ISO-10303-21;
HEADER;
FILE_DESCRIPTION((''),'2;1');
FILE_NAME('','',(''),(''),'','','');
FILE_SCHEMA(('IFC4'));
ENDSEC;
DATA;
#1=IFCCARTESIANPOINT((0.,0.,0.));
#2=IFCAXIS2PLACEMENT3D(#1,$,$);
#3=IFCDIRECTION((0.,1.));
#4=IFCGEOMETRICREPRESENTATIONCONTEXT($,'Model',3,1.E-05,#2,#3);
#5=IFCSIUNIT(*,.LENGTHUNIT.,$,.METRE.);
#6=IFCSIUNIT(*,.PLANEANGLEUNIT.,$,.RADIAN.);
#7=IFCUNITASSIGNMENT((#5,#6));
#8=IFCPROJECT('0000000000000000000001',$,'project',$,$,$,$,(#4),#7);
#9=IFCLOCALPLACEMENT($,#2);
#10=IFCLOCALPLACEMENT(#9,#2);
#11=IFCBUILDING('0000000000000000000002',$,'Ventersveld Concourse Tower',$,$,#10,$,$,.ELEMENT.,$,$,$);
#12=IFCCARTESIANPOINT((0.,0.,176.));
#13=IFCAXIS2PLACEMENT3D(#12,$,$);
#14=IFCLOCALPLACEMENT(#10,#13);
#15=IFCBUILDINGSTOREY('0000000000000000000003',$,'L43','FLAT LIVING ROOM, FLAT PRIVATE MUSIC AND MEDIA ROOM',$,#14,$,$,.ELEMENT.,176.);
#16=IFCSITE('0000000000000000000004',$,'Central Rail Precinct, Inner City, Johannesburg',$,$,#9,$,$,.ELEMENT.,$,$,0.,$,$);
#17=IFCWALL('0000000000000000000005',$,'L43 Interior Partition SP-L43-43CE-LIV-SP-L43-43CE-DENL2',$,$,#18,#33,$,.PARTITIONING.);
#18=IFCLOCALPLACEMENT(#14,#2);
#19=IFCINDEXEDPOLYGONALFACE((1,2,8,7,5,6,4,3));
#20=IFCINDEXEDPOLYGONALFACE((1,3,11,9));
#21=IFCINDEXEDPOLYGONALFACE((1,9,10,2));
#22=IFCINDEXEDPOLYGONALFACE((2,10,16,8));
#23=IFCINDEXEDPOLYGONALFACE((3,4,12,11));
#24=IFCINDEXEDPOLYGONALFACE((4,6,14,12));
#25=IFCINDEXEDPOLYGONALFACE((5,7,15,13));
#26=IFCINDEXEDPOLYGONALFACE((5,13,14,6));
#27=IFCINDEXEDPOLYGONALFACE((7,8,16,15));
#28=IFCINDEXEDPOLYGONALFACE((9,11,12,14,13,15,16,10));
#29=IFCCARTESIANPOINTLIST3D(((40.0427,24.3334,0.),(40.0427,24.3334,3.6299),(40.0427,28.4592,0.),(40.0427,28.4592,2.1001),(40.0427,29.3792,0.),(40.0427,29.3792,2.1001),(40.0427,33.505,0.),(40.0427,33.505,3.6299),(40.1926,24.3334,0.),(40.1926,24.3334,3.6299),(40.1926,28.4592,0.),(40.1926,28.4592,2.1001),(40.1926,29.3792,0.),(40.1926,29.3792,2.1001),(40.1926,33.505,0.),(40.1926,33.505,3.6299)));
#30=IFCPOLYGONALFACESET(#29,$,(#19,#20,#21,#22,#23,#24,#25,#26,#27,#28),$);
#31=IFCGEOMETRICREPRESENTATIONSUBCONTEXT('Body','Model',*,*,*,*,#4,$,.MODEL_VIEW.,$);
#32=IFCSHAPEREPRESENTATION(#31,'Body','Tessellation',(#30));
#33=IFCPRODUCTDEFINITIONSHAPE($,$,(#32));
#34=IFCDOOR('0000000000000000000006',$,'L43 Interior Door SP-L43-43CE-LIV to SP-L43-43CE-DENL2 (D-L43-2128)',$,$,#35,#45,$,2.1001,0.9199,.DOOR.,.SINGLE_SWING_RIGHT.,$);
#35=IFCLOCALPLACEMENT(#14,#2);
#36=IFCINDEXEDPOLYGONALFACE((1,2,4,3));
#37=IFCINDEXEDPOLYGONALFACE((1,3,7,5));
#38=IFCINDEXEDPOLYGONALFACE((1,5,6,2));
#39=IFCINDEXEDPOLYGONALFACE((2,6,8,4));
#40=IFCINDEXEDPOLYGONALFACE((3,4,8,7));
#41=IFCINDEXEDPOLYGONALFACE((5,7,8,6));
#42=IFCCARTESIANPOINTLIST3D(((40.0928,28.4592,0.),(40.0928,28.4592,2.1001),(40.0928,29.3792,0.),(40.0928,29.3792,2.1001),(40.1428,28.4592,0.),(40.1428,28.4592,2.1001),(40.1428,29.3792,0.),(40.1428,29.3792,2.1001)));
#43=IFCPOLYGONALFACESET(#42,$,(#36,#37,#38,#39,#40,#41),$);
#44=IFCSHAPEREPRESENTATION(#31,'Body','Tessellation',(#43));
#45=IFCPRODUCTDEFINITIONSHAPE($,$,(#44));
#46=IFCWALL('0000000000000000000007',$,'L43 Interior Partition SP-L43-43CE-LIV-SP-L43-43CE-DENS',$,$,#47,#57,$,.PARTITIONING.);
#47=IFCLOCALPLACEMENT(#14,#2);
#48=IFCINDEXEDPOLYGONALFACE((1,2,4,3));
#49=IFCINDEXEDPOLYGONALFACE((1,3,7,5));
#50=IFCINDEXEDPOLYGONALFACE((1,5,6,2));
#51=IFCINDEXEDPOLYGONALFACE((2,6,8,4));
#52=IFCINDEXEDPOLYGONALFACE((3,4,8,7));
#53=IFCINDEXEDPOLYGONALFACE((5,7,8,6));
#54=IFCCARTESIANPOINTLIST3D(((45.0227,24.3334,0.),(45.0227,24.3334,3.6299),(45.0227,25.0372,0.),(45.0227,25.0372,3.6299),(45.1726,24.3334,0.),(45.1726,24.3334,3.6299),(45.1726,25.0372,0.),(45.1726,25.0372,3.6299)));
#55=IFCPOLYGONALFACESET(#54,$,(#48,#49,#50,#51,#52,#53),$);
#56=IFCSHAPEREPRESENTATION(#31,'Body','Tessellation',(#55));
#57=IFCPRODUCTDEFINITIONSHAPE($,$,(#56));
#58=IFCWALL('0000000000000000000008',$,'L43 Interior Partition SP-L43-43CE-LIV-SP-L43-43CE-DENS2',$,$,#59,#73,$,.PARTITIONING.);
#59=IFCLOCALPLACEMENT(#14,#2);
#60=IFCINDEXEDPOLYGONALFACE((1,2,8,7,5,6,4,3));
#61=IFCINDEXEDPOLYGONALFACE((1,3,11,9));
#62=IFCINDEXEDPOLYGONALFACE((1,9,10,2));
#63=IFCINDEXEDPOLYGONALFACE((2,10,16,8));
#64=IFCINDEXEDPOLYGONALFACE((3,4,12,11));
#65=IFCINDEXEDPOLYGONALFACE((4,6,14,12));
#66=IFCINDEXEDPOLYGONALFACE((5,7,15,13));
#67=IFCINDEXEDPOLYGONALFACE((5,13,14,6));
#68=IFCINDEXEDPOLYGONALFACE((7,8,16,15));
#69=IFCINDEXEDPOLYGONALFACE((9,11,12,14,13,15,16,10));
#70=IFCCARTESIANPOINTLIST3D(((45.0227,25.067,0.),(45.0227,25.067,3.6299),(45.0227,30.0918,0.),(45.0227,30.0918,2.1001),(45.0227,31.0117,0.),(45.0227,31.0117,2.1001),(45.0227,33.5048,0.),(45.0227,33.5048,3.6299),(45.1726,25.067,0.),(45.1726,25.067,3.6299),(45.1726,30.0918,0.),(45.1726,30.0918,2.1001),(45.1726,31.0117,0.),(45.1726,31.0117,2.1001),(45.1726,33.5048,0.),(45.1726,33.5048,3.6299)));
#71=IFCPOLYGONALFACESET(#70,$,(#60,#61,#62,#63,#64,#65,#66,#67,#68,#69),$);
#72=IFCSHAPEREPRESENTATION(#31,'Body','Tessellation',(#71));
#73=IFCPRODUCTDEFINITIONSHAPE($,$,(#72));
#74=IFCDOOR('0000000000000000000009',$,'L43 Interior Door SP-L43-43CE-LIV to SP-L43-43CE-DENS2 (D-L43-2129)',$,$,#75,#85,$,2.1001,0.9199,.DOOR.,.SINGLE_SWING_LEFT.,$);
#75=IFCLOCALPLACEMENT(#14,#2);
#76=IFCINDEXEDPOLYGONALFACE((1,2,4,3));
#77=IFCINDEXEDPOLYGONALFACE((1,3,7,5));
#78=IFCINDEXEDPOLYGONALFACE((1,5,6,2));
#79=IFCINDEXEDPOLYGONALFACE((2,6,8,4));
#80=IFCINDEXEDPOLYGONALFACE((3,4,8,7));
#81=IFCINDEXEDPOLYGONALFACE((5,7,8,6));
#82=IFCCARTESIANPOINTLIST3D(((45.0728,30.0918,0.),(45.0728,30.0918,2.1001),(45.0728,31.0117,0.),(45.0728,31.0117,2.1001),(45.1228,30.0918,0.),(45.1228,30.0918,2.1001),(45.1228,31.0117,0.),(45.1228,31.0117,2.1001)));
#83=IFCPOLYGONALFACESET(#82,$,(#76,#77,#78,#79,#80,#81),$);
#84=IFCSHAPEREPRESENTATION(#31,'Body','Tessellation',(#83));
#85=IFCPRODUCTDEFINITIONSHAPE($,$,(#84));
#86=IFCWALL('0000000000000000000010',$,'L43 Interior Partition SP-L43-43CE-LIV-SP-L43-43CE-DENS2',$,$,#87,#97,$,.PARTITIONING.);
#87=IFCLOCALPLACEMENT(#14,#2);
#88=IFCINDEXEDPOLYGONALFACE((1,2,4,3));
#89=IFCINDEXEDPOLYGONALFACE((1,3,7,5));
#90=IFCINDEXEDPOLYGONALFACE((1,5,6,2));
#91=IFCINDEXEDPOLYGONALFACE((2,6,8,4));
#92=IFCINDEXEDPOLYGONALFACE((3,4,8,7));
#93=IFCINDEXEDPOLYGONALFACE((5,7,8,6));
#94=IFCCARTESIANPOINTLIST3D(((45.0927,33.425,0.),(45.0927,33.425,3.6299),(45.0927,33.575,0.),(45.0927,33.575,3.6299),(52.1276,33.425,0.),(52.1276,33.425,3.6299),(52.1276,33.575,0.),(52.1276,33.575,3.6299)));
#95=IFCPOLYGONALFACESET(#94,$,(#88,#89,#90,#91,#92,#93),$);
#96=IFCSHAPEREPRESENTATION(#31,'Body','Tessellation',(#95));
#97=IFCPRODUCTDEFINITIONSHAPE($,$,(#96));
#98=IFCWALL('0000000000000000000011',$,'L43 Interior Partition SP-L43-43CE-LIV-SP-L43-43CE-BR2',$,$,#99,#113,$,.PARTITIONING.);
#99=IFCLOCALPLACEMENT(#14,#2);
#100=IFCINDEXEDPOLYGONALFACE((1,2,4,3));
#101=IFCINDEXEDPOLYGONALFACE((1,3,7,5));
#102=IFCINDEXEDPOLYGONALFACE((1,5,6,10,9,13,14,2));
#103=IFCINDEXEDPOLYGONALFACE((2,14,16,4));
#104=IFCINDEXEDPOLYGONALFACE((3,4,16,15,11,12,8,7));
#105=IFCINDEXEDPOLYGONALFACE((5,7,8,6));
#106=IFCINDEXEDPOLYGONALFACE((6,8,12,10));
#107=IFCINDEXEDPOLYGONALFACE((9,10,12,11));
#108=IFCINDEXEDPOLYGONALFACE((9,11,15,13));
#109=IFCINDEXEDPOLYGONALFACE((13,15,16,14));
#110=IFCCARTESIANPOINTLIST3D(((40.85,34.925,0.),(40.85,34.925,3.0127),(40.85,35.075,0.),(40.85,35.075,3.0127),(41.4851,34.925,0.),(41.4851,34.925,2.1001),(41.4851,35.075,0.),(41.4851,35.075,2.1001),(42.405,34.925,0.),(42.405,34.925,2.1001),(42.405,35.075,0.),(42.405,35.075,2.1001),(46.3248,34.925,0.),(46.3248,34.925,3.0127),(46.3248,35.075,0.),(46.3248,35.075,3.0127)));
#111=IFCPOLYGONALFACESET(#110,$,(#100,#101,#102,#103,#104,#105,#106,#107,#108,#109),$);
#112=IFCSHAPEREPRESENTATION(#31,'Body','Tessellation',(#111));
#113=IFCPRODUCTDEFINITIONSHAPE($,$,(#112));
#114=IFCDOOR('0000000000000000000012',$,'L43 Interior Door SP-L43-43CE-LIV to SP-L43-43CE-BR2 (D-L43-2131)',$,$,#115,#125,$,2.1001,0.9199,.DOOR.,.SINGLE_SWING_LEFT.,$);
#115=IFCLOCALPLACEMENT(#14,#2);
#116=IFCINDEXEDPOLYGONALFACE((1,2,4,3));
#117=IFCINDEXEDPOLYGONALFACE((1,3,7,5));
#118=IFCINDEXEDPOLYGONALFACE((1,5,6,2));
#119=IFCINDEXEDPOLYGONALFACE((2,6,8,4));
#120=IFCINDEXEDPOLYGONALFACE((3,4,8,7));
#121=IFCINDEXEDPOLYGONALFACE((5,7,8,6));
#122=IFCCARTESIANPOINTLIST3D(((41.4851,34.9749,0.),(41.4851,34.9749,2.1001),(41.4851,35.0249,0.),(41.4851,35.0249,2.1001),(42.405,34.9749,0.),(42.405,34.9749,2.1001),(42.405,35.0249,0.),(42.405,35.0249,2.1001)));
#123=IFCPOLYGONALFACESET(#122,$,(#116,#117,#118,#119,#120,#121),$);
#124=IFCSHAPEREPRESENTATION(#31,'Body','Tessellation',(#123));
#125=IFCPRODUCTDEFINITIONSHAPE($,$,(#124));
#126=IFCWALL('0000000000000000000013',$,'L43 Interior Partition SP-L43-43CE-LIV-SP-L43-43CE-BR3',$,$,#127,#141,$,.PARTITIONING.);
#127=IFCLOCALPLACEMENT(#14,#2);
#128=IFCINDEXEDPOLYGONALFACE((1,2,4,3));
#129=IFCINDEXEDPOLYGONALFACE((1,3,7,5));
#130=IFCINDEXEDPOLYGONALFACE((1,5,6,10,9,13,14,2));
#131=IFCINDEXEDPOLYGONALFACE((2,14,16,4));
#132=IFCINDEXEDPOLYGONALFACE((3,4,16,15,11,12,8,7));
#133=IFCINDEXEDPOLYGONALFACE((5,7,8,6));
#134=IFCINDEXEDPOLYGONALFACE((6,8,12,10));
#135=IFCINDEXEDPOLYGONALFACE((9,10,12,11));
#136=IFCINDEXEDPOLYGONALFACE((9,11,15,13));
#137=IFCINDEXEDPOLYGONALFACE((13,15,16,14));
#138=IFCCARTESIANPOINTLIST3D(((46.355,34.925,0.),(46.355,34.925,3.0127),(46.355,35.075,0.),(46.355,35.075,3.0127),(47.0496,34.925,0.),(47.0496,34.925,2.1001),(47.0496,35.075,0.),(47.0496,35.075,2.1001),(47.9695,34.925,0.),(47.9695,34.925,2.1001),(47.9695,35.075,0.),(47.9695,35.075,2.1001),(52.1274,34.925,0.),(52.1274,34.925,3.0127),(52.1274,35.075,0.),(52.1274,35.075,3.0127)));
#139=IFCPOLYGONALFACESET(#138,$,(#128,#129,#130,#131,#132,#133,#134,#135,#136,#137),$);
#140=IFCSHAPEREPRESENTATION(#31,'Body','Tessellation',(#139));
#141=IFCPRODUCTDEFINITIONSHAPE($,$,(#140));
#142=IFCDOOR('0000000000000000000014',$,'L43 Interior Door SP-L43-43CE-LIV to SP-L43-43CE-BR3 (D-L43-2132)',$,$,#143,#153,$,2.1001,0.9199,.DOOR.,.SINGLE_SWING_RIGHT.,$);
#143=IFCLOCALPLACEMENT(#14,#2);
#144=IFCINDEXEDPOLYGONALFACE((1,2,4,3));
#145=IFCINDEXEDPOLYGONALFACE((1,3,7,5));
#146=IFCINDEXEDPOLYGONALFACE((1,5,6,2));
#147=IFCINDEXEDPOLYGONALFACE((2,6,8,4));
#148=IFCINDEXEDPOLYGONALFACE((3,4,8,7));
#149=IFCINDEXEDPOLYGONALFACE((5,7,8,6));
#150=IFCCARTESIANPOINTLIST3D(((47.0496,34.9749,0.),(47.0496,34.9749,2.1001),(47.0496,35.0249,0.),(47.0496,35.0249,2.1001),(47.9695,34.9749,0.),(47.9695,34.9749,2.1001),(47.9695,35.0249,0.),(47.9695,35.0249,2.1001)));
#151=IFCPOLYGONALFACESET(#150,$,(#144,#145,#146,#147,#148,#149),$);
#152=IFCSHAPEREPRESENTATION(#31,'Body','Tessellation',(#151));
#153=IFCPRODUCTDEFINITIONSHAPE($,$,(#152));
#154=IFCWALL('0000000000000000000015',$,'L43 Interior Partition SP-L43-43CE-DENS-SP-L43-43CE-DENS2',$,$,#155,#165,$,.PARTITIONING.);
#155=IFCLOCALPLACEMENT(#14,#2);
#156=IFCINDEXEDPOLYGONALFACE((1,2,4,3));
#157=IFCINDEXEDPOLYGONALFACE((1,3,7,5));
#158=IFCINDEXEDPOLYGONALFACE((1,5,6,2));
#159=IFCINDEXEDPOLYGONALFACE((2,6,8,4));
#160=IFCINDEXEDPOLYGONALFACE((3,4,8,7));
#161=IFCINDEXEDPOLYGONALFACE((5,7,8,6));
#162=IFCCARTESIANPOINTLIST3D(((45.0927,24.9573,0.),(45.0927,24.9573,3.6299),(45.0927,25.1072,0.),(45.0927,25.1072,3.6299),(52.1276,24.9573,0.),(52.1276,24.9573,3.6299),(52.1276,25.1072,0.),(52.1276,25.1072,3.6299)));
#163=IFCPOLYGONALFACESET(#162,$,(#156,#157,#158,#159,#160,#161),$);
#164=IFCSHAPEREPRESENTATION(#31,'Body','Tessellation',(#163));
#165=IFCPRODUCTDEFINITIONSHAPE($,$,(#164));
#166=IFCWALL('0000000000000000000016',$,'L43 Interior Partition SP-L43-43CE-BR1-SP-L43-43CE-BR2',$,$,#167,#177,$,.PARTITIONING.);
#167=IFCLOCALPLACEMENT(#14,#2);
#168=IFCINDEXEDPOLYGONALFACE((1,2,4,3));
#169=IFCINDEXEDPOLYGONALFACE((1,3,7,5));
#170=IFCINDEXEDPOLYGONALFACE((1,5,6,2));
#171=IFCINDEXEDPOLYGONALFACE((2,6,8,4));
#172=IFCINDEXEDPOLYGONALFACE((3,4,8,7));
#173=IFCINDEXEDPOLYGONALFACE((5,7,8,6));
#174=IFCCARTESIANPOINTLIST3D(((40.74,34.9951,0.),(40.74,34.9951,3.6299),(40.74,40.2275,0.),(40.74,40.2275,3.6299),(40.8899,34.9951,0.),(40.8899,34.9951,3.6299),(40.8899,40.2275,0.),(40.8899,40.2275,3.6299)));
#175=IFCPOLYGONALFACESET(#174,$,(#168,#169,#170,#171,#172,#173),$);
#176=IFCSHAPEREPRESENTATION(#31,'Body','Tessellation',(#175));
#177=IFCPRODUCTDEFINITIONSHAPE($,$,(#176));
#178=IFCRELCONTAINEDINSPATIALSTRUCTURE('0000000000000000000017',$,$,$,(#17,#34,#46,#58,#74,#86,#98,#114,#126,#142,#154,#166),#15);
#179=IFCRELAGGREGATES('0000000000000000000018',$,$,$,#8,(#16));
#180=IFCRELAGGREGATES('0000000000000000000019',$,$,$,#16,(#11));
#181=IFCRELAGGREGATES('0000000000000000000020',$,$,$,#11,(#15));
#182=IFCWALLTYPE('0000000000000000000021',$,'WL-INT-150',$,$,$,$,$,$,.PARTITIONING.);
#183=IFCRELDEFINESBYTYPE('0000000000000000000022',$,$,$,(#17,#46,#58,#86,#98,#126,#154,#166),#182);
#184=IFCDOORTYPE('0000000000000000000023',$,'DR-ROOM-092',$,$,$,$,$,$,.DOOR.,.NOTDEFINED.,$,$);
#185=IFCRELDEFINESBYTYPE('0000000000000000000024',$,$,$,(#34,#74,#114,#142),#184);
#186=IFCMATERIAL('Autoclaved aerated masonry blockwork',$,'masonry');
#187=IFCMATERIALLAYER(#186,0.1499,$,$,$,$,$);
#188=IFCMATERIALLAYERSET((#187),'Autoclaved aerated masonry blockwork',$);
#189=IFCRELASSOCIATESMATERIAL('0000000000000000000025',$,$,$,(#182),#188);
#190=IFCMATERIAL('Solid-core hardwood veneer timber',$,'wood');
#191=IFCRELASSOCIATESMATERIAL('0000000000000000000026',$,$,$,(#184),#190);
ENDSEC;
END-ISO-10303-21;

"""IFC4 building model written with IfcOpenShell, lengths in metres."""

from ifc_helpers import new_model, si_unit, direction, frame, frame_2d, origin, place, context, subcontext, project, spatial, rectangle, extrude, material, layer, layer_set, type_object, element, fill, save


model = new_model("IFC4")

# Units and contexts
model_context = context("Model", 3, precision=1e-05, world=origin(), true_north=direction((0.0, 1.0)))
body_context = subcontext(model_context, "Body", "Model", "MODEL_VIEW")
ifc_project = project(units=[si_unit("LENGTHUNIT", "METRE"), si_unit("PLANEANGLEUNIT", "RADIAN")], contexts=[model_context])

# Site, building, storey
site_placement = place(None, origin())
site = spatial("IfcSite", under=ifc_project, at=site_placement, Name="Central Rail Precinct, Inner City, Johannesburg", CompositionType="ELEMENT", RefElevation=0.0)
building_placement = place(site_placement, origin())
building = spatial("IfcBuilding", under=site, at=building_placement, Name="Ventersveld Concourse Tower", CompositionType="ELEMENT")
storey_placement = place(building_placement, frame((0.0, 0.0, 176.0)))
storey = spatial("IfcBuildingStorey", under=building, at=storey_placement, Name="L43", Description="FLAT LIVING ROOM, FLAT PRIVATE MUSIC AND MEDIA ROOM", CompositionType="ELEMENT", Elevation=176.0)

# Wall, opening, door
ifc_material_1 = material(Name="Autoclaved aerated masonry blockwork", Category="masonry")
ifc_layer_1 = layer(ifc_material_1, 0.1499)
ifc_layer_set_1 = layer_set([ifc_layer_1], Name="Autoclaved aerated masonry blockwork")
wall_type_1 = type_object("IfcWallType", Name="WL-INT-150", PredefinedType="PARTITIONING", material=ifc_layer_set_1)
ifc_material_2 = material(Name="Solid-core hardwood veneer timber", Category="wood")
door_type = type_object("IfcDoorType", Name="DR-ROOM-092", OperationType="NOTDEFINED", PredefinedType="DOOR", material=ifc_material_2)
wall_1_placement = place(storey_placement, frame((40.1177, 24.3333, 0.0), z_axis=(0.0, 0.0, 1.0), x_axis=(0.0, 1.0, 0.0)))
wall_1 = element("IfcWall", 1, at=wall_1_placement, inside=storey, type_object=wall_type_1, Name="L43 Interior Partition SP-L43-43CE-LIV-SP-L43-43CE-DENL2", PredefinedType="PARTITIONING", context=body_context, shape_type="SweptSolid", body=[
    extrude(rectangle(XDim=9.1716, YDim=0.1499, at=frame_2d((4.5859, 0.0))), origin(), (0.0, 0.0, 1.0), 3.6299),
])
opening_1_placement = place(wall_1_placement, frame((4.126, 0.0, 0.0)))
opening_1 = element("IfcOpeningElement", 2, at=opening_1_placement, cuts=wall_1, PredefinedType="OPENING", context=body_context, shape_type="SweptSolid", body=[
    extrude(rectangle(XDim=0.9199, YDim=2.1001, at=frame_2d((0.46, 1.05))), frame((0.0, 0.085, 0.0), z_axis=(0.0, -1.0, 0.0), x_axis=(1.0, 0.0, 0.0)), (0.0, 0.0, 1.0), 0.1699),
])
door_1_placement = place(opening_1_placement, origin())
door_1 = element("IfcDoor", 3, at=door_1_placement, inside=storey, type_object=door_type, Name="L43 Interior Door SP-L43-43CE-LIV to SP-L43-43CE-DENL2 (D-L43-2128)", OperationType="SINGLE_SWING_RIGHT", OverallHeight=2.1001, OverallWidth=0.9199, PredefinedType="DOOR", context=body_context, shape_type="SweptSolid", body=[
    extrude(rectangle(XDim=0.9199, YDim=2.1001, at=frame_2d((0.46, 1.05))), frame((0.0, 0.0249, 0.0), z_axis=(0.0, -1.0, 0.0), x_axis=(1.0, 0.0, 0.0)), (0.0, 0.0, 1.0), 0.05),
])
fill(opening_1, door_1)

# Wall
wall_2_placement = place(storey_placement, frame((45.0977, 24.3333, 0.0), z_axis=(0.0, 0.0, 1.0), x_axis=(0.0, 1.0, 0.0)))
element("IfcWall", 4, at=wall_2_placement, inside=storey, type_object=wall_type_1, Name="L43 Interior Partition SP-L43-43CE-LIV-SP-L43-43CE-DENS", PredefinedType="PARTITIONING", context=body_context, shape_type="SweptSolid", body=[
    extrude(rectangle(XDim=0.7039, YDim=0.1499, at=frame_2d((0.3521, 0.0))), origin(), (0.0, 0.0, 1.0), 3.6299),
])

# Wall, opening, door
wall_3_placement = place(storey_placement, frame((45.0977, 25.0671, 0.0), z_axis=(0.0, 0.0, 1.0), x_axis=(0.0, 1.0, 0.0)))
wall_3 = element("IfcWall", 5, at=wall_3_placement, inside=storey, type_object=wall_type_1, Name="L43 Interior Partition SP-L43-43CE-LIV-SP-L43-43CE-DENS2", PredefinedType="PARTITIONING", context=body_context, shape_type="SweptSolid", body=[
    extrude(rectangle(XDim=8.4377, YDim=0.1499, at=frame_2d((4.2188, 0.0))), origin(), (0.0, 0.0, 1.0), 3.6299),
])
opening_2_placement = place(wall_3_placement, frame((5.0247, 0.0, 0.0)))
opening_2 = element("IfcOpeningElement", 6, at=opening_2_placement, cuts=wall_3, PredefinedType="OPENING", context=body_context, shape_type="SweptSolid", body=[
    extrude(rectangle(XDim=0.9199, YDim=2.1001, at=frame_2d((0.46, 1.05))), frame((0.0, 0.085, 0.0), z_axis=(0.0, -1.0, 0.0), x_axis=(1.0, 0.0, 0.0)), (0.0, 0.0, 1.0), 0.1699),
])
door_2_placement = place(opening_2_placement, origin())
door_2 = element("IfcDoor", 7, at=door_2_placement, inside=storey, type_object=door_type, Name="L43 Interior Door SP-L43-43CE-LIV to SP-L43-43CE-DENS2 (D-L43-2129)", OperationType="SINGLE_SWING_LEFT", OverallHeight=2.1001, OverallWidth=0.9199, PredefinedType="DOOR", context=body_context, shape_type="SweptSolid", body=[
    extrude(rectangle(XDim=0.9199, YDim=2.1001, at=frame_2d((0.46, 1.05))), frame((0.0, 0.0249, 0.0), z_axis=(0.0, -1.0, 0.0), x_axis=(1.0, 0.0, 0.0)), (0.0, 0.0, 1.0), 0.05),
])
fill(opening_2, door_2)

# Wall
wall_4_placement = place(storey_placement, frame((45.0925, 33.5, 0.0), z_axis=(0.0, 0.0, 1.0), x_axis=(1.0, 0.0, 0.0)))
element("IfcWall", 8, at=wall_4_placement, inside=storey, type_object=wall_type_1, Name="L43 Interior Partition SP-L43-43CE-LIV-SP-L43-43CE-DENS2", PredefinedType="PARTITIONING", context=body_context, shape_type="SweptSolid", body=[
    extrude(rectangle(XDim=7.0349, YDim=0.1499, at=frame_2d((3.5176, 0.0))), origin(), (0.0, 0.0, 1.0), 3.6299),
])

# Walls, openings, doors
wall_5_placement = place(storey_placement, frame((40.8501, 35.0, 0.0), z_axis=(0.0, 0.0, 1.0), x_axis=(1.0, 0.0, 0.0)))
wall_5 = element("IfcWall", 9, at=wall_5_placement, inside=storey, type_object=wall_type_1, Name="L43 Interior Partition SP-L43-43CE-LIV-SP-L43-43CE-BR2", PredefinedType="PARTITIONING", context=body_context, shape_type="SweptSolid", body=[
    extrude(rectangle(XDim=5.4749, YDim=0.1499, at=frame_2d((2.7373, 0.0))), origin(), (0.0, 0.0, 1.0), 3.0127),
])
opening_3_placement = place(wall_5_placement, frame((0.635, 0.0, 0.0)))
opening_3 = element("IfcOpeningElement", 10, at=opening_3_placement, cuts=wall_5, PredefinedType="OPENING", context=body_context, shape_type="SweptSolid", body=[
    extrude(rectangle(XDim=0.9199, YDim=2.1001, at=frame_2d((0.46, 1.05))), frame((0.0, 0.085, 0.0), z_axis=(0.0, -1.0, 0.0), x_axis=(1.0, 0.0, 0.0)), (0.0, 0.0, 1.0), 0.1699),
])
door_3_placement = place(opening_3_placement, origin())
door_3 = element("IfcDoor", 11, at=door_3_placement, inside=storey, type_object=door_type, Name="L43 Interior Door SP-L43-43CE-LIV to SP-L43-43CE-BR2 (D-L43-2131)", OperationType="SINGLE_SWING_LEFT", OverallHeight=2.1001, OverallWidth=0.9199, PredefinedType="DOOR", context=body_context, shape_type="SweptSolid", body=[
    extrude(rectangle(XDim=0.9199, YDim=2.1001, at=frame_2d((0.46, 1.05))), frame((0.0, 0.0249, 0.0), z_axis=(0.0, -1.0, 0.0), x_axis=(1.0, 0.0, 0.0)), (0.0, 0.0, 1.0), 0.05),
])
fill(opening_3, door_3)
wall_6_placement = place(storey_placement, frame((46.355, 35.0, 0.0), z_axis=(0.0, 0.0, 1.0), x_axis=(1.0, 0.0, 0.0)))
wall_6 = element("IfcWall", 12, at=wall_6_placement, inside=storey, type_object=wall_type_1, Name="L43 Interior Partition SP-L43-43CE-LIV-SP-L43-43CE-BR3", PredefinedType="PARTITIONING", context=body_context, shape_type="SweptSolid", body=[
    extrude(rectangle(XDim=5.7725, YDim=0.1499, at=frame_2d((2.8862, 0.0))), origin(), (0.0, 0.0, 1.0), 3.0127),
])
opening_4_placement = place(wall_6_placement, frame((0.6946, 0.0, 0.0)))
opening_4 = element("IfcOpeningElement", 13, at=opening_4_placement, cuts=wall_6, PredefinedType="OPENING", context=body_context, shape_type="SweptSolid", body=[
    extrude(rectangle(XDim=0.9199, YDim=2.1001, at=frame_2d((0.46, 1.05))), frame((0.0, 0.085, 0.0), z_axis=(0.0, -1.0, 0.0), x_axis=(1.0, 0.0, 0.0)), (0.0, 0.0, 1.0), 0.1699),
])
door_4_placement = place(opening_4_placement, origin())
door_4 = element("IfcDoor", 14, at=door_4_placement, inside=storey, type_object=door_type, Name="L43 Interior Door SP-L43-43CE-LIV to SP-L43-43CE-BR3 (D-L43-2132)", OperationType="SINGLE_SWING_RIGHT", OverallHeight=2.1001, OverallWidth=0.9199, PredefinedType="DOOR", context=body_context, shape_type="SweptSolid", body=[
    extrude(rectangle(XDim=0.9199, YDim=2.1001, at=frame_2d((0.46, 1.05))), frame((0.0, 0.0249, 0.0), z_axis=(0.0, -1.0, 0.0), x_axis=(1.0, 0.0, 0.0)), (0.0, 0.0, 1.0), 0.05),
])
fill(opening_4, door_4)

# Walls
wall_7_placement = place(storey_placement, frame((45.0925, 25.0322, 0.0), z_axis=(0.0, 0.0, 1.0), x_axis=(1.0, 0.0, 0.0)))
element("IfcWall", 15, at=wall_7_placement, inside=storey, type_object=wall_type_1, Name="L43 Interior Partition SP-L43-43CE-DENS-SP-L43-43CE-DENS2", PredefinedType="PARTITIONING", context=body_context, shape_type="SweptSolid", body=[
    extrude(rectangle(XDim=7.0349, YDim=0.1499, at=frame_2d((3.5176, 0.0))), origin(), (0.0, 0.0, 1.0), 3.6299),
])
for number, where, z_axis, x_axis, name in (
    (16, (40.8149, 34.9951, 0.0), (0.0, 0.0, 1.0), (0.0, 1.0, 0.0), "L43 Interior Partition SP-L43-43CE-BR1-SP-L43-43CE-BR2"),
):
    element("IfcWall", number, at=place(storey_placement, frame(where, z_axis=z_axis, x_axis=x_axis)), inside=storey, type_object=wall_type_1, Name=name, PredefinedType="PARTITIONING", context=body_context, shape_type="SweptSolid", body=[
        extrude(rectangle(XDim=5.2324, YDim=0.1499, at=frame_2d((2.6162, 0.0))), origin(), (0.0, 0.0, 1.0), 3.6299),
    ])

save(model, "model.ifc")
